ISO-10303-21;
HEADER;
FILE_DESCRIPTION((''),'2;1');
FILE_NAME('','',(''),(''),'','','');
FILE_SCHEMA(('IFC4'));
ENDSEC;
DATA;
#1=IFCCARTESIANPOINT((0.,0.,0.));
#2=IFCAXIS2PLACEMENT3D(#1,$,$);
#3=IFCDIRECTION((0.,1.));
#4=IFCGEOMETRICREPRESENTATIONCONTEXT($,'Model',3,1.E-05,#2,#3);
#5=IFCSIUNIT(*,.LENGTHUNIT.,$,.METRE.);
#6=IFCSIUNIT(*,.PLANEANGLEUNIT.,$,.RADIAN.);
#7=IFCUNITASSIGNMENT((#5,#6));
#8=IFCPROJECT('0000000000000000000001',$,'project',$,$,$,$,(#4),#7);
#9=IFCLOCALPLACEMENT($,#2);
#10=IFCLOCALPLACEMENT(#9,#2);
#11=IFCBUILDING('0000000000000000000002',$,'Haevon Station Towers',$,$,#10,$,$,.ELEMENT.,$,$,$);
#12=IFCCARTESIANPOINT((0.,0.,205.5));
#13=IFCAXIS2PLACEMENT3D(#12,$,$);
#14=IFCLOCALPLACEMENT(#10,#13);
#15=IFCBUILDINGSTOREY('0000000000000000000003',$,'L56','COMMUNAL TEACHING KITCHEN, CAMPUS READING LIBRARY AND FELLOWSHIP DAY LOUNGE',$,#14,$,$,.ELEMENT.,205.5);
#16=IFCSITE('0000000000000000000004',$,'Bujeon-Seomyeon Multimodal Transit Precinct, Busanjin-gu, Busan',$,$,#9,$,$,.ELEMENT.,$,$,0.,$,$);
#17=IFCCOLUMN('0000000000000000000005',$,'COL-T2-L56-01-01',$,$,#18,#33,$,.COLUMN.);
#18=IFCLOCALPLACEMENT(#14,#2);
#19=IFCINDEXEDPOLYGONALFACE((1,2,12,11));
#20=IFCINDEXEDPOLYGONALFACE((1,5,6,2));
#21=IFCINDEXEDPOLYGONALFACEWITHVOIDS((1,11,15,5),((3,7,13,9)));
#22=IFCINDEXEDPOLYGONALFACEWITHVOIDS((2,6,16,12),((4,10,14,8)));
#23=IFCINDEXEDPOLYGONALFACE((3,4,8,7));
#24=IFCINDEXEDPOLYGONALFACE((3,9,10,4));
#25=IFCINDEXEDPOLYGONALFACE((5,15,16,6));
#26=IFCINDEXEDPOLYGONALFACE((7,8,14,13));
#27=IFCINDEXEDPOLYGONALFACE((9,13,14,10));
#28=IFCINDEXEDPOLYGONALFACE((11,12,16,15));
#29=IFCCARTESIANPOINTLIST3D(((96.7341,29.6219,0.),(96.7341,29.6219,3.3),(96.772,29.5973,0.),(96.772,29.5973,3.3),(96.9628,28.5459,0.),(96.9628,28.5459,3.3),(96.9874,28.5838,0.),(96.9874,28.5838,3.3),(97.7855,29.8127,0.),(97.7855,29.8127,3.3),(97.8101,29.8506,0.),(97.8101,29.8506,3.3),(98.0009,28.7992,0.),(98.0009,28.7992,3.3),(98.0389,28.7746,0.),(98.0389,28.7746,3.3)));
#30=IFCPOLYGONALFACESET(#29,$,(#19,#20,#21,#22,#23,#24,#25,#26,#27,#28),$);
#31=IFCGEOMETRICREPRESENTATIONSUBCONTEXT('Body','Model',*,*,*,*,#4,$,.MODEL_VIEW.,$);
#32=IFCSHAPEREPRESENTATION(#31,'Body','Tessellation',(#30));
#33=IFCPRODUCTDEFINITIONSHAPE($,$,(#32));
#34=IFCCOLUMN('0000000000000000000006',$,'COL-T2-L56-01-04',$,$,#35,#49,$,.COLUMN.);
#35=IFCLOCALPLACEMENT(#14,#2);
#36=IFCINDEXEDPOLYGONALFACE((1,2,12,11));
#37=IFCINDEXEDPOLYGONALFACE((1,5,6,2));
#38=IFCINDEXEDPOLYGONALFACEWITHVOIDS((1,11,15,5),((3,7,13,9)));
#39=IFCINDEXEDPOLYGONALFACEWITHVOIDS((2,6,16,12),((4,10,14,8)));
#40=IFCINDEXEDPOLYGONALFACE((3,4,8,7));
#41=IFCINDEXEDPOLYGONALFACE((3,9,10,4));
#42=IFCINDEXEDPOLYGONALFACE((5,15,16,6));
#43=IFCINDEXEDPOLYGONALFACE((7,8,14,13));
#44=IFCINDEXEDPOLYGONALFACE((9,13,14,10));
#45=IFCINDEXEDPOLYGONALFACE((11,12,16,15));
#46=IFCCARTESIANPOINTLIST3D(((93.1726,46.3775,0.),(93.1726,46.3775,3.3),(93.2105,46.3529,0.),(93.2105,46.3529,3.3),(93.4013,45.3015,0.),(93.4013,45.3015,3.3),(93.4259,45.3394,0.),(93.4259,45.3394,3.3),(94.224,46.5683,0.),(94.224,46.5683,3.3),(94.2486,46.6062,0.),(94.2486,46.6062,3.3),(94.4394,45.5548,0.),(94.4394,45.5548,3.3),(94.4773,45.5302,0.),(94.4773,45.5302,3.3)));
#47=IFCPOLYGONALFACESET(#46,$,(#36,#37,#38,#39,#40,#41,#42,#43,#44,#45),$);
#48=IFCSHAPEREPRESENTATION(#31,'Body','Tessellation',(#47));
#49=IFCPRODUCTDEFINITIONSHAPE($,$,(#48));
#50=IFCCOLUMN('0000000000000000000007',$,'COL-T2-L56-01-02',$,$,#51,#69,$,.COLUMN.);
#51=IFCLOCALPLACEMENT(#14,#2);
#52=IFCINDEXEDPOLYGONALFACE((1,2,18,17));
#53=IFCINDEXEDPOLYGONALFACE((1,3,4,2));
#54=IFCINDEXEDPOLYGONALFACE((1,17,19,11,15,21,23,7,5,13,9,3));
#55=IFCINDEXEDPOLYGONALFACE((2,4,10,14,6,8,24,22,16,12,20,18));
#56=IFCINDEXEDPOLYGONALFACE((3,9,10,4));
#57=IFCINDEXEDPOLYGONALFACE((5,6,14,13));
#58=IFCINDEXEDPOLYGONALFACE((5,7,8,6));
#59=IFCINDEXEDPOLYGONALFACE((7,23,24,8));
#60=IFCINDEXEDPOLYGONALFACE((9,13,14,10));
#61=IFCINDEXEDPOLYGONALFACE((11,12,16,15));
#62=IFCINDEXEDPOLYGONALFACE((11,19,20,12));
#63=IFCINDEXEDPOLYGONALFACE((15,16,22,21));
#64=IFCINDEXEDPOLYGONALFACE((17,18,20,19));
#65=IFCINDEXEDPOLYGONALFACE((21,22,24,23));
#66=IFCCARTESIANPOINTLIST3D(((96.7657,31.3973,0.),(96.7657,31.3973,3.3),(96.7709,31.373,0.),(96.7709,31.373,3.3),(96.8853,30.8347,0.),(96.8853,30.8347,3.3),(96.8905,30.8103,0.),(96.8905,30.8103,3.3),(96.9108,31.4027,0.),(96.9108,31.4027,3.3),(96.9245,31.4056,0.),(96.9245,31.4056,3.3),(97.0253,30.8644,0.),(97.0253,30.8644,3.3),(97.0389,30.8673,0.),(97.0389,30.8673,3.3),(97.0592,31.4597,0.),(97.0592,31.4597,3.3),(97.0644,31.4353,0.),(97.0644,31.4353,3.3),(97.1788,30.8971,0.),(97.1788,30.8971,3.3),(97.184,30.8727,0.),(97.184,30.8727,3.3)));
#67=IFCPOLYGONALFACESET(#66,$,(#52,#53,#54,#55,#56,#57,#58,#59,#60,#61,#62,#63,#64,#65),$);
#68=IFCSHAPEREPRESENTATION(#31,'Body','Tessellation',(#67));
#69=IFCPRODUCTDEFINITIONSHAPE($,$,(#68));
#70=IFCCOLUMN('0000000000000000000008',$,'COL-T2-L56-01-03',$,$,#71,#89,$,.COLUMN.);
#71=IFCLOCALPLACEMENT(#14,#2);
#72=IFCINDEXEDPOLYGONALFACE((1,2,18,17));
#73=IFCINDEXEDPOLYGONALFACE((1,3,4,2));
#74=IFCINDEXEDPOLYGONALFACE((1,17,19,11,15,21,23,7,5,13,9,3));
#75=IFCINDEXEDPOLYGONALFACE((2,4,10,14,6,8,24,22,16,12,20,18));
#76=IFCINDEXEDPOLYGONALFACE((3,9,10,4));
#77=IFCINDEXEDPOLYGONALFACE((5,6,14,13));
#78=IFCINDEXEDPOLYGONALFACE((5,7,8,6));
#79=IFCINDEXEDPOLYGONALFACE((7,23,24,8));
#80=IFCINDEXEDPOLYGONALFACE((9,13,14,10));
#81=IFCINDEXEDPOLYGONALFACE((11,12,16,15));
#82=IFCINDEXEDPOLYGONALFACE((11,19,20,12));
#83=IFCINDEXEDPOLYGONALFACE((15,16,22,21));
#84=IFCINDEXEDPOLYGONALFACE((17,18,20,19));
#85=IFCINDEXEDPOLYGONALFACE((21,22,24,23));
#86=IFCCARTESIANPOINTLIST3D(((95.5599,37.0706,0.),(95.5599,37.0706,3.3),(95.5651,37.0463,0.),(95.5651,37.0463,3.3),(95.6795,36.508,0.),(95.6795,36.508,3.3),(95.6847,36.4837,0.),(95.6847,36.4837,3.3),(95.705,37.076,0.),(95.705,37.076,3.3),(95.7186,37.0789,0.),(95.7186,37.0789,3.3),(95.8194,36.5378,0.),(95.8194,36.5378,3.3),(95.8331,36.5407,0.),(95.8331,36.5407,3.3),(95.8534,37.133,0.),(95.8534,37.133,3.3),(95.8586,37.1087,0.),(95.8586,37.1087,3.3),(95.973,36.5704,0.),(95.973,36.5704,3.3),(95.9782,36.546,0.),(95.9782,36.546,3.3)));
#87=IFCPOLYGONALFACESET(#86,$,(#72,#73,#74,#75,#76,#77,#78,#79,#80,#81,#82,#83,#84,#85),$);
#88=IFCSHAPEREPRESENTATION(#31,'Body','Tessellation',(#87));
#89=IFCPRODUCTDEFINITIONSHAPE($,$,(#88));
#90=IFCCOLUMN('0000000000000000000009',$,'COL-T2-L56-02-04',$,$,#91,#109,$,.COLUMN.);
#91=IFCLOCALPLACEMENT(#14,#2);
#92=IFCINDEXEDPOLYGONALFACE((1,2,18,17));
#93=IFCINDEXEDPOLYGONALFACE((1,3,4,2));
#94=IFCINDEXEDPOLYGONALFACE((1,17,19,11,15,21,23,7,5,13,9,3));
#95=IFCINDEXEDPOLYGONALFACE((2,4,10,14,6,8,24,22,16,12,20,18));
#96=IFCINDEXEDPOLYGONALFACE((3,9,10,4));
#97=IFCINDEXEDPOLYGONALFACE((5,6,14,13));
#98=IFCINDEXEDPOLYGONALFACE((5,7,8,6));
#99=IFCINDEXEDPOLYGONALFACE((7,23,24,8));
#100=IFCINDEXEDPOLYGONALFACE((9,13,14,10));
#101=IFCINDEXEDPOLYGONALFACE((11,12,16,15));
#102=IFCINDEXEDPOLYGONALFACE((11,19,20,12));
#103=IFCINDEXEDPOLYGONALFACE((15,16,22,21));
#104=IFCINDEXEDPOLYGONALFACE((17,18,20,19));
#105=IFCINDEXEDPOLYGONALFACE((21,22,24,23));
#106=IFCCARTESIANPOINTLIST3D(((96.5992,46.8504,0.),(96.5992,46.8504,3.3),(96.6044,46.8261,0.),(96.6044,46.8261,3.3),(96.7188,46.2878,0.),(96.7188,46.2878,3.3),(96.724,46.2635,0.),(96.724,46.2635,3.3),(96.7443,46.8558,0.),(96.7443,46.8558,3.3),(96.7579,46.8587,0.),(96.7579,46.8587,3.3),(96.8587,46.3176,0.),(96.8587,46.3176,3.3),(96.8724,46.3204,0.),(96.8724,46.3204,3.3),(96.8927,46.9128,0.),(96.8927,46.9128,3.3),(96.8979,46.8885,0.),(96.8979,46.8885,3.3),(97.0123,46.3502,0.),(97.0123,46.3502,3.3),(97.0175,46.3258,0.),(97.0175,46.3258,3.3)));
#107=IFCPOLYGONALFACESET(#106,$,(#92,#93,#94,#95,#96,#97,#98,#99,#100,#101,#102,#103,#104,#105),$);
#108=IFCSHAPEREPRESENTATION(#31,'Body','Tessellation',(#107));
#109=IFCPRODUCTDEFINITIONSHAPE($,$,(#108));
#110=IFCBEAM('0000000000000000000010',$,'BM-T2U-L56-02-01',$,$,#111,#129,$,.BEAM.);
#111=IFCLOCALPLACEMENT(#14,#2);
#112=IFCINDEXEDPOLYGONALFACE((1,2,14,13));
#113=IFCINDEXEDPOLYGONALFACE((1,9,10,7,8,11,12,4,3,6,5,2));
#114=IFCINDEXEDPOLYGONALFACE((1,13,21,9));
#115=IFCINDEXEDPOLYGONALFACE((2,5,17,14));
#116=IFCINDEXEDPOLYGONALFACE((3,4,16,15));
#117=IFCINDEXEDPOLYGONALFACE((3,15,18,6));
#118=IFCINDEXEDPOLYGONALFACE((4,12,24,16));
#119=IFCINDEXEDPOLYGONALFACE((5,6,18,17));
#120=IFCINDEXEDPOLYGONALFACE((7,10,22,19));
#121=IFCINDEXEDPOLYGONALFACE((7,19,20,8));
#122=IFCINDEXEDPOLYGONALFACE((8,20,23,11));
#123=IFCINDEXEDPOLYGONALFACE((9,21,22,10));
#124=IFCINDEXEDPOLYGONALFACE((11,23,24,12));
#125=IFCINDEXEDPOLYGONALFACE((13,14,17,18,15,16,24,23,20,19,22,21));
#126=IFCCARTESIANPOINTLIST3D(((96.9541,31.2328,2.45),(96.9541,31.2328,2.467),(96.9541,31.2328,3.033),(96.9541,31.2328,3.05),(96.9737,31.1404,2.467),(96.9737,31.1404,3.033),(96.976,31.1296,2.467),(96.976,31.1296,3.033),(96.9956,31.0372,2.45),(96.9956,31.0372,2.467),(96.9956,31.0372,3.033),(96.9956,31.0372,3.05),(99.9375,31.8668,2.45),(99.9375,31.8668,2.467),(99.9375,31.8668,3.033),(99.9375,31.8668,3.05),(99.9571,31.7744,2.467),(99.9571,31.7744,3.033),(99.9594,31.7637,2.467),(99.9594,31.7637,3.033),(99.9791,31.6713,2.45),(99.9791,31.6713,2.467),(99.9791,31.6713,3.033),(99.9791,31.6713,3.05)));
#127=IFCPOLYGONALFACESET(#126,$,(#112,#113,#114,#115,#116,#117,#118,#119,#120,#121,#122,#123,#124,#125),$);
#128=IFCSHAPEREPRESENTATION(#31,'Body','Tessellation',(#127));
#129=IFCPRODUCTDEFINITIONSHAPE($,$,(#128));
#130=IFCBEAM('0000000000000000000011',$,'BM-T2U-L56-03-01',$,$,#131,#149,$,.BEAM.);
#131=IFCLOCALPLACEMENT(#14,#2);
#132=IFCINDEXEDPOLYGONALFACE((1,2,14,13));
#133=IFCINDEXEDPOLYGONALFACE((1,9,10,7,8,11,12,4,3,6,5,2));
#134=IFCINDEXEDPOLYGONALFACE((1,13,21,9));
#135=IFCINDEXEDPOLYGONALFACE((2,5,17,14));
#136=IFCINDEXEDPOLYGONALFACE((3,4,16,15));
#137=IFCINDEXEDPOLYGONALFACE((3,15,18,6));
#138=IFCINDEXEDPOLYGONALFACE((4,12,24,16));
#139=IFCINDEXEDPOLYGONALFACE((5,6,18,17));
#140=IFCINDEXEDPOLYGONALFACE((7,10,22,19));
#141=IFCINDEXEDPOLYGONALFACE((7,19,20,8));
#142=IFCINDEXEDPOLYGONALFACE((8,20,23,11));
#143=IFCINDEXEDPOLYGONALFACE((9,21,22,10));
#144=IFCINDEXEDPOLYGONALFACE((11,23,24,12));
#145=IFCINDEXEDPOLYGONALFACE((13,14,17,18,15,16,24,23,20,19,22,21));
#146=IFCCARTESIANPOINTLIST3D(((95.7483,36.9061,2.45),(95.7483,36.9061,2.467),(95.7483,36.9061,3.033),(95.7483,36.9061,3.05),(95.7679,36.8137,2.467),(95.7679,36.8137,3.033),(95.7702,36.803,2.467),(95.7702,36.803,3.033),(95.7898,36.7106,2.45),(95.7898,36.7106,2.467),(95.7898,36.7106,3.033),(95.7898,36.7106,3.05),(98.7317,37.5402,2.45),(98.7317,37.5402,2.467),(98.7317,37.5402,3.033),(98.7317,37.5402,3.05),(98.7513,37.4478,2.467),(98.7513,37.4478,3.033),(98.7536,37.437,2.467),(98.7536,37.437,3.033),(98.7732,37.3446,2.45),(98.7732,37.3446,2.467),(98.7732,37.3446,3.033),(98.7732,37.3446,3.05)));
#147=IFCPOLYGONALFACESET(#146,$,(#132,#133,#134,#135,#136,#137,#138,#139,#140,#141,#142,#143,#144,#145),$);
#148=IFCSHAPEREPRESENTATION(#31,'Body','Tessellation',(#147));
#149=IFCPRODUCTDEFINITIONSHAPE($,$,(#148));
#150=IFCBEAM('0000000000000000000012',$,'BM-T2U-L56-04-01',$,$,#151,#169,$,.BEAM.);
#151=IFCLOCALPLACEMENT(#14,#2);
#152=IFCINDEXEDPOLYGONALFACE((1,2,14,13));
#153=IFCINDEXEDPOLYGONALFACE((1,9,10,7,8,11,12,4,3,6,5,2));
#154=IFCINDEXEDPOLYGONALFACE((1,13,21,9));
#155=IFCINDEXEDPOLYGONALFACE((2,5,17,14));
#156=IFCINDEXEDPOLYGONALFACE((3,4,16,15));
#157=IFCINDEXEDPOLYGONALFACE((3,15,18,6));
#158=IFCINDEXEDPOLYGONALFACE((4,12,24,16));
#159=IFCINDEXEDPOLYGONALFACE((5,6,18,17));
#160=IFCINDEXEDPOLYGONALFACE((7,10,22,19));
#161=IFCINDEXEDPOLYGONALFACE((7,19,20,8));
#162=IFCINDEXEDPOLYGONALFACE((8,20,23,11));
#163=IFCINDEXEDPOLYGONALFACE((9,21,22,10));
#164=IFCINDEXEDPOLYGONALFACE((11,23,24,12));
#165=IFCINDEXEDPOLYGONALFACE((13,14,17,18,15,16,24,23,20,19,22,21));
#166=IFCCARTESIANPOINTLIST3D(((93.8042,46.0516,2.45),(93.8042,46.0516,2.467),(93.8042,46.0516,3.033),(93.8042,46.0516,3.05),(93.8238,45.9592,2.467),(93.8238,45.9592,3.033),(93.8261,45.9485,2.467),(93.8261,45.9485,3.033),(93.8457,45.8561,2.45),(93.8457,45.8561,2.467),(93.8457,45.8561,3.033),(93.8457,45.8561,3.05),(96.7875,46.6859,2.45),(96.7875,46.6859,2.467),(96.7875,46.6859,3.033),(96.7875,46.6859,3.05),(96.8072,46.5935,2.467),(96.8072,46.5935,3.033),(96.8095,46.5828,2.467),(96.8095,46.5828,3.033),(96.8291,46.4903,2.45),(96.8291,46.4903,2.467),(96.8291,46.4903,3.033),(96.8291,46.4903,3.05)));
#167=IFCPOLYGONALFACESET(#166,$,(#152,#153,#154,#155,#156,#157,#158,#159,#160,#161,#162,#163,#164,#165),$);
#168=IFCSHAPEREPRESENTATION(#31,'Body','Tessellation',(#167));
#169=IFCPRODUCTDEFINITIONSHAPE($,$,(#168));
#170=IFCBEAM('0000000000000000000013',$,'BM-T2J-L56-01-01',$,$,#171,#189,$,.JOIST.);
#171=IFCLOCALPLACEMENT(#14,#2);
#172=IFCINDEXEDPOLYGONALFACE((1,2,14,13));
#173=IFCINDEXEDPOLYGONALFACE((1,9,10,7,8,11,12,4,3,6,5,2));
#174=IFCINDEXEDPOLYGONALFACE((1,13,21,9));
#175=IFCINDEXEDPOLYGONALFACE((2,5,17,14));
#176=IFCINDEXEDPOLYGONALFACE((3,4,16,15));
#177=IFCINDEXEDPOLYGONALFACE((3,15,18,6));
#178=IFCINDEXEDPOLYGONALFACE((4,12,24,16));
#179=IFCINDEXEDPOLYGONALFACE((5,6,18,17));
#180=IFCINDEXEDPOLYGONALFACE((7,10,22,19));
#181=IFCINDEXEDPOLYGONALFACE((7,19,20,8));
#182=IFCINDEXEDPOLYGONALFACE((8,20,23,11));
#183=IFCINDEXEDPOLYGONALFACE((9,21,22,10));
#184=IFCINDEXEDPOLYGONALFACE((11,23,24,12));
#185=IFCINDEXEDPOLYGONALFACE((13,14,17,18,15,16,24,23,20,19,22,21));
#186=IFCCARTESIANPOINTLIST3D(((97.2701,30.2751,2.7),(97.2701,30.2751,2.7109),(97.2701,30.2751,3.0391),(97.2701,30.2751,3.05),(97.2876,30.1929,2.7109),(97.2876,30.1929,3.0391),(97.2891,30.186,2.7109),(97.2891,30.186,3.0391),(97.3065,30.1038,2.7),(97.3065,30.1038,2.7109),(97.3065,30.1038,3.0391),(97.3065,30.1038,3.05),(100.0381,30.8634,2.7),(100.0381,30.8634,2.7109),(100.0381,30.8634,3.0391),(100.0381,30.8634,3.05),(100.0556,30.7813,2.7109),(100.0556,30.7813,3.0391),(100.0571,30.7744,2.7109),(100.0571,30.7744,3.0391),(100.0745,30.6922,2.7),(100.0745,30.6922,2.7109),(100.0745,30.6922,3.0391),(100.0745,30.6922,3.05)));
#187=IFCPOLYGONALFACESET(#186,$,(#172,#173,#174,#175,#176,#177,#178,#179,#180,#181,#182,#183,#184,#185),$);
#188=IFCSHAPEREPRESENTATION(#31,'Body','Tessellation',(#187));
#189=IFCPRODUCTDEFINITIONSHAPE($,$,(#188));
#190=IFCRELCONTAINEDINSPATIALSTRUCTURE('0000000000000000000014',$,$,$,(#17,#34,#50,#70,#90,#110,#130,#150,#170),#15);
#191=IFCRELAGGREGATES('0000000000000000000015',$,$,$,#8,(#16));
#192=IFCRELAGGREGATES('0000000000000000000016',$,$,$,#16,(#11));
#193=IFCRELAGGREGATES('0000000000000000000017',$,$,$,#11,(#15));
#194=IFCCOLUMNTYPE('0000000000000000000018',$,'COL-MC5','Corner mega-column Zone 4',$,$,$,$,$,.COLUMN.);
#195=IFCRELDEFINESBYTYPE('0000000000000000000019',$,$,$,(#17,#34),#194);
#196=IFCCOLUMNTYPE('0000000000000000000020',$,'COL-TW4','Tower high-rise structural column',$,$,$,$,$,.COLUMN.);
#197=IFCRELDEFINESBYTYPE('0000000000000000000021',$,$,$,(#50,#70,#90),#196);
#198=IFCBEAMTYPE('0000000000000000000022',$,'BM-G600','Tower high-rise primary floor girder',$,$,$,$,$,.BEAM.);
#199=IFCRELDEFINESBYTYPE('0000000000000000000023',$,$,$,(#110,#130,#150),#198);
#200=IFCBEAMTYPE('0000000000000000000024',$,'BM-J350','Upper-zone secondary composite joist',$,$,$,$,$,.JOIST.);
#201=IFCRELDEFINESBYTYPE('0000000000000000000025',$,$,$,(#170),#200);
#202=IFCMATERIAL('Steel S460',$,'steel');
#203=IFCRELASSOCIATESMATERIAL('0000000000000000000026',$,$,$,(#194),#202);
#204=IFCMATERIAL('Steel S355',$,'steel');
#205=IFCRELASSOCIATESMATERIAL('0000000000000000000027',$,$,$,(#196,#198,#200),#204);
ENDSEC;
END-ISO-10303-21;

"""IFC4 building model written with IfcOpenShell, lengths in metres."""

from ifc_helpers import new_model, si_unit, direction, frame, origin, origin_2d, place, context, subcontext, project, spatial, hollow_rectangle, i_section, extrude, material, material_profile, profile_set, type_object, element, save


model = new_model("IFC4")

# Units and contexts
model_context = context("Model", 3, precision=1e-05, world=origin(), true_north=direction((0.0, 1.0)))
body_context = subcontext(model_context, "Body", "Model", "MODEL_VIEW")
ifc_project = project(units=[si_unit("LENGTHUNIT", "METRE"), si_unit("PLANEANGLEUNIT", "RADIAN")], contexts=[model_context])

# Site, building, storey
site_placement = place(None, origin())
site = spatial("IfcSite", under=ifc_project, at=site_placement, Name="Bujeon-Seomyeon Multimodal Transit Precinct, Busanjin-gu, Busan", CompositionType="ELEMENT", RefElevation=0.0)
building_placement = place(site_placement, origin())
building = spatial("IfcBuilding", under=site, at=building_placement, Name="Haevon Station Towers", CompositionType="ELEMENT")
storey_placement = place(building_placement, frame((0.0, 0.0, 205.5)))
storey = spatial("IfcBuildingStorey", under=building, at=storey_placement, Name="L56", Description="COMMUNAL TEACHING KITCHEN, CAMPUS READING LIBRARY AND FELLOWSHIP DAY LOUNGE", CompositionType="ELEMENT", Elevation=205.5)

# Columns
ifc_material_1 = material(Name="Steel S460", Category="steel")
ifc_material_profile_1 = material_profile(ifc_material_1, hollow_rectangle(XDim=1.1001, YDim=1.1001, WallThickness=0.032, at=origin_2d()), Name="BOX-1100x1100x32")
ifc_profile_set_1 = profile_set([ifc_material_profile_1], Name="Steel S460")
column_type_1 = type_object("IfcColumnType", Name="COL-MC5", Description="Corner mega-column Zone 4", PredefinedType="COLUMN", material=ifc_profile_set_1)
for number, where, z_axis, x_axis, name in (
    (1, (97.3865, 29.1982, 0.0), (0.0, 0.0, 1.0), (0.978148, 0.207912, 0.0), "COL-T2-L56-01-01"),
    (2, (93.825, 45.9539, 0.0), (0.0, 0.0, 1.0), (0.978148, 0.207912, 0.0), "COL-T2-L56-01-04"),
):
    element("IfcColumn", number, at=place(storey_placement, frame(where, z_axis=z_axis, x_axis=x_axis)), inside=storey, type_object=column_type_1, Name=name, PredefinedType="COLUMN", context=body_context, shape_type="SweptSolid", body=[
        extrude(hollow_rectangle(XDim=1.1001, YDim=1.1001, WallThickness=0.032, at=origin_2d()), origin(), (0.0, 0.0, 1.0), 3.3),
    ])
ifc_material_2 = material(Name="Steel S355", Category="steel")
ifc_material_profile_2 = material_profile(ifc_material_2, i_section(OverallWidth=0.3, OverallDepth=0.6001, WebThickness=0.0139, FlangeThickness=0.0249, at=origin_2d()), Name="H-600x300x14x25")
ifc_profile_set_2 = profile_set([ifc_material_profile_2], Name="Steel S355")
column_type_2 = type_object("IfcColumnType", Name="COL-TW4", Description="Tower high-rise structural column", PredefinedType="COLUMN", material=ifc_profile_set_2)
for number, where, z_axis, x_axis, name in (
    (3, (96.9749, 31.135, 0.0), (0.0, 0.0, 1.0), (0.978148, 0.207912, 0.0), "COL-T2-L56-01-02"),
    (4, (95.769, 36.8083, 0.0), (0.0, 0.0, 1.0), (0.978148, 0.207912, 0.0), "COL-T2-L56-01-03"),
    (5, (96.8083, 46.5881, 0.0), (0.0, 0.0, 1.0), (0.978148, 0.207912, 0.0), "COL-T2-L56-02-04"),
):
    element("IfcColumn", number, at=place(storey_placement, frame(where, z_axis=z_axis, x_axis=x_axis)), inside=storey, type_object=column_type_2, Name=name, PredefinedType="COLUMN", context=body_context, shape_type="SweptSolid", body=[
        extrude(i_section(OverallWidth=0.3, OverallDepth=0.6001, WebThickness=0.0139, FlangeThickness=0.0249, at=origin_2d()), origin(), (0.0, 0.0, 1.0), 3.3),
    ])

# Beams
ifc_material_profile_3 = material_profile(ifc_material_2, i_section(OverallWidth=0.2, OverallDepth=0.6001, WebThickness=0.011, FlangeThickness=0.0171, at=origin_2d()), Name="H-600x200x11x17")
ifc_profile_set_3 = profile_set([ifc_material_profile_3], Name="Steel S355")
beam_type_1 = type_object("IfcBeamType", Name="BM-G600", Description="Tower high-rise primary floor girder", PredefinedType="BEAM", material=ifc_profile_set_3)
for number, where, z_axis, x_axis, name in (
    (6, (96.9749, 31.135, 2.75), (0.978155, 0.207878, 0.0), (-0.207878, 0.978155, 0.0), "BM-T2U-L56-02-01"),
    (7, (95.769, 36.8083, 2.75), (0.978155, 0.207878, 0.0), (-0.207878, 0.978155, 0.0), "BM-T2U-L56-03-01"),
    (8, (93.825, 45.9539, 2.75), (0.978139, 0.207954, 0.0), (-0.207954, 0.978139, 0.0), "BM-T2U-L56-04-01"),
):
    element("IfcBeam", number, at=place(storey_placement, frame(where, z_axis=z_axis, x_axis=x_axis)), inside=storey, type_object=beam_type_1, Name=name, PredefinedType="BEAM", context=body_context, shape_type="SweptSolid", body=[
        extrude(i_section(OverallWidth=0.2, OverallDepth=0.6001, WebThickness=0.011, FlangeThickness=0.0171, at=origin_2d()), origin(), (0.0, 0.0, 1.0), 3.05),
    ])
ifc_material_profile_4 = material_profile(ifc_material_2, i_section(OverallWidth=0.175, OverallDepth=0.3501, WebThickness=0.0071, FlangeThickness=0.011, at=origin_2d()), Name="H-350x175x7x11")
ifc_profile_set_4 = profile_set([ifc_material_profile_4], Name="Steel S355")
beam_type_2 = type_object("IfcBeamType", Name="BM-J350", Description="Upper-zone secondary composite joist", PredefinedType="JOIST", material=ifc_profile_set_4)
beam_1_placement = place(storey_placement, frame((97.2883, 30.1895, 2.875), z_axis=(0.978147, 0.207914, 0.0), x_axis=(-0.207914, 0.978147, 0.0)))
element("IfcBeam", 9, at=beam_1_placement, inside=storey, type_object=beam_type_2, Name="BM-T2J-L56-01-01", PredefinedType="JOIST", context=body_context, shape_type="SweptSolid", body=[
    extrude(i_section(OverallWidth=0.175, OverallDepth=0.3501, WebThickness=0.0071, FlangeThickness=0.011, at=origin_2d()), origin(), (0.0, 0.0, 1.0), 2.8298),
])

save(model, "model.ifc")
